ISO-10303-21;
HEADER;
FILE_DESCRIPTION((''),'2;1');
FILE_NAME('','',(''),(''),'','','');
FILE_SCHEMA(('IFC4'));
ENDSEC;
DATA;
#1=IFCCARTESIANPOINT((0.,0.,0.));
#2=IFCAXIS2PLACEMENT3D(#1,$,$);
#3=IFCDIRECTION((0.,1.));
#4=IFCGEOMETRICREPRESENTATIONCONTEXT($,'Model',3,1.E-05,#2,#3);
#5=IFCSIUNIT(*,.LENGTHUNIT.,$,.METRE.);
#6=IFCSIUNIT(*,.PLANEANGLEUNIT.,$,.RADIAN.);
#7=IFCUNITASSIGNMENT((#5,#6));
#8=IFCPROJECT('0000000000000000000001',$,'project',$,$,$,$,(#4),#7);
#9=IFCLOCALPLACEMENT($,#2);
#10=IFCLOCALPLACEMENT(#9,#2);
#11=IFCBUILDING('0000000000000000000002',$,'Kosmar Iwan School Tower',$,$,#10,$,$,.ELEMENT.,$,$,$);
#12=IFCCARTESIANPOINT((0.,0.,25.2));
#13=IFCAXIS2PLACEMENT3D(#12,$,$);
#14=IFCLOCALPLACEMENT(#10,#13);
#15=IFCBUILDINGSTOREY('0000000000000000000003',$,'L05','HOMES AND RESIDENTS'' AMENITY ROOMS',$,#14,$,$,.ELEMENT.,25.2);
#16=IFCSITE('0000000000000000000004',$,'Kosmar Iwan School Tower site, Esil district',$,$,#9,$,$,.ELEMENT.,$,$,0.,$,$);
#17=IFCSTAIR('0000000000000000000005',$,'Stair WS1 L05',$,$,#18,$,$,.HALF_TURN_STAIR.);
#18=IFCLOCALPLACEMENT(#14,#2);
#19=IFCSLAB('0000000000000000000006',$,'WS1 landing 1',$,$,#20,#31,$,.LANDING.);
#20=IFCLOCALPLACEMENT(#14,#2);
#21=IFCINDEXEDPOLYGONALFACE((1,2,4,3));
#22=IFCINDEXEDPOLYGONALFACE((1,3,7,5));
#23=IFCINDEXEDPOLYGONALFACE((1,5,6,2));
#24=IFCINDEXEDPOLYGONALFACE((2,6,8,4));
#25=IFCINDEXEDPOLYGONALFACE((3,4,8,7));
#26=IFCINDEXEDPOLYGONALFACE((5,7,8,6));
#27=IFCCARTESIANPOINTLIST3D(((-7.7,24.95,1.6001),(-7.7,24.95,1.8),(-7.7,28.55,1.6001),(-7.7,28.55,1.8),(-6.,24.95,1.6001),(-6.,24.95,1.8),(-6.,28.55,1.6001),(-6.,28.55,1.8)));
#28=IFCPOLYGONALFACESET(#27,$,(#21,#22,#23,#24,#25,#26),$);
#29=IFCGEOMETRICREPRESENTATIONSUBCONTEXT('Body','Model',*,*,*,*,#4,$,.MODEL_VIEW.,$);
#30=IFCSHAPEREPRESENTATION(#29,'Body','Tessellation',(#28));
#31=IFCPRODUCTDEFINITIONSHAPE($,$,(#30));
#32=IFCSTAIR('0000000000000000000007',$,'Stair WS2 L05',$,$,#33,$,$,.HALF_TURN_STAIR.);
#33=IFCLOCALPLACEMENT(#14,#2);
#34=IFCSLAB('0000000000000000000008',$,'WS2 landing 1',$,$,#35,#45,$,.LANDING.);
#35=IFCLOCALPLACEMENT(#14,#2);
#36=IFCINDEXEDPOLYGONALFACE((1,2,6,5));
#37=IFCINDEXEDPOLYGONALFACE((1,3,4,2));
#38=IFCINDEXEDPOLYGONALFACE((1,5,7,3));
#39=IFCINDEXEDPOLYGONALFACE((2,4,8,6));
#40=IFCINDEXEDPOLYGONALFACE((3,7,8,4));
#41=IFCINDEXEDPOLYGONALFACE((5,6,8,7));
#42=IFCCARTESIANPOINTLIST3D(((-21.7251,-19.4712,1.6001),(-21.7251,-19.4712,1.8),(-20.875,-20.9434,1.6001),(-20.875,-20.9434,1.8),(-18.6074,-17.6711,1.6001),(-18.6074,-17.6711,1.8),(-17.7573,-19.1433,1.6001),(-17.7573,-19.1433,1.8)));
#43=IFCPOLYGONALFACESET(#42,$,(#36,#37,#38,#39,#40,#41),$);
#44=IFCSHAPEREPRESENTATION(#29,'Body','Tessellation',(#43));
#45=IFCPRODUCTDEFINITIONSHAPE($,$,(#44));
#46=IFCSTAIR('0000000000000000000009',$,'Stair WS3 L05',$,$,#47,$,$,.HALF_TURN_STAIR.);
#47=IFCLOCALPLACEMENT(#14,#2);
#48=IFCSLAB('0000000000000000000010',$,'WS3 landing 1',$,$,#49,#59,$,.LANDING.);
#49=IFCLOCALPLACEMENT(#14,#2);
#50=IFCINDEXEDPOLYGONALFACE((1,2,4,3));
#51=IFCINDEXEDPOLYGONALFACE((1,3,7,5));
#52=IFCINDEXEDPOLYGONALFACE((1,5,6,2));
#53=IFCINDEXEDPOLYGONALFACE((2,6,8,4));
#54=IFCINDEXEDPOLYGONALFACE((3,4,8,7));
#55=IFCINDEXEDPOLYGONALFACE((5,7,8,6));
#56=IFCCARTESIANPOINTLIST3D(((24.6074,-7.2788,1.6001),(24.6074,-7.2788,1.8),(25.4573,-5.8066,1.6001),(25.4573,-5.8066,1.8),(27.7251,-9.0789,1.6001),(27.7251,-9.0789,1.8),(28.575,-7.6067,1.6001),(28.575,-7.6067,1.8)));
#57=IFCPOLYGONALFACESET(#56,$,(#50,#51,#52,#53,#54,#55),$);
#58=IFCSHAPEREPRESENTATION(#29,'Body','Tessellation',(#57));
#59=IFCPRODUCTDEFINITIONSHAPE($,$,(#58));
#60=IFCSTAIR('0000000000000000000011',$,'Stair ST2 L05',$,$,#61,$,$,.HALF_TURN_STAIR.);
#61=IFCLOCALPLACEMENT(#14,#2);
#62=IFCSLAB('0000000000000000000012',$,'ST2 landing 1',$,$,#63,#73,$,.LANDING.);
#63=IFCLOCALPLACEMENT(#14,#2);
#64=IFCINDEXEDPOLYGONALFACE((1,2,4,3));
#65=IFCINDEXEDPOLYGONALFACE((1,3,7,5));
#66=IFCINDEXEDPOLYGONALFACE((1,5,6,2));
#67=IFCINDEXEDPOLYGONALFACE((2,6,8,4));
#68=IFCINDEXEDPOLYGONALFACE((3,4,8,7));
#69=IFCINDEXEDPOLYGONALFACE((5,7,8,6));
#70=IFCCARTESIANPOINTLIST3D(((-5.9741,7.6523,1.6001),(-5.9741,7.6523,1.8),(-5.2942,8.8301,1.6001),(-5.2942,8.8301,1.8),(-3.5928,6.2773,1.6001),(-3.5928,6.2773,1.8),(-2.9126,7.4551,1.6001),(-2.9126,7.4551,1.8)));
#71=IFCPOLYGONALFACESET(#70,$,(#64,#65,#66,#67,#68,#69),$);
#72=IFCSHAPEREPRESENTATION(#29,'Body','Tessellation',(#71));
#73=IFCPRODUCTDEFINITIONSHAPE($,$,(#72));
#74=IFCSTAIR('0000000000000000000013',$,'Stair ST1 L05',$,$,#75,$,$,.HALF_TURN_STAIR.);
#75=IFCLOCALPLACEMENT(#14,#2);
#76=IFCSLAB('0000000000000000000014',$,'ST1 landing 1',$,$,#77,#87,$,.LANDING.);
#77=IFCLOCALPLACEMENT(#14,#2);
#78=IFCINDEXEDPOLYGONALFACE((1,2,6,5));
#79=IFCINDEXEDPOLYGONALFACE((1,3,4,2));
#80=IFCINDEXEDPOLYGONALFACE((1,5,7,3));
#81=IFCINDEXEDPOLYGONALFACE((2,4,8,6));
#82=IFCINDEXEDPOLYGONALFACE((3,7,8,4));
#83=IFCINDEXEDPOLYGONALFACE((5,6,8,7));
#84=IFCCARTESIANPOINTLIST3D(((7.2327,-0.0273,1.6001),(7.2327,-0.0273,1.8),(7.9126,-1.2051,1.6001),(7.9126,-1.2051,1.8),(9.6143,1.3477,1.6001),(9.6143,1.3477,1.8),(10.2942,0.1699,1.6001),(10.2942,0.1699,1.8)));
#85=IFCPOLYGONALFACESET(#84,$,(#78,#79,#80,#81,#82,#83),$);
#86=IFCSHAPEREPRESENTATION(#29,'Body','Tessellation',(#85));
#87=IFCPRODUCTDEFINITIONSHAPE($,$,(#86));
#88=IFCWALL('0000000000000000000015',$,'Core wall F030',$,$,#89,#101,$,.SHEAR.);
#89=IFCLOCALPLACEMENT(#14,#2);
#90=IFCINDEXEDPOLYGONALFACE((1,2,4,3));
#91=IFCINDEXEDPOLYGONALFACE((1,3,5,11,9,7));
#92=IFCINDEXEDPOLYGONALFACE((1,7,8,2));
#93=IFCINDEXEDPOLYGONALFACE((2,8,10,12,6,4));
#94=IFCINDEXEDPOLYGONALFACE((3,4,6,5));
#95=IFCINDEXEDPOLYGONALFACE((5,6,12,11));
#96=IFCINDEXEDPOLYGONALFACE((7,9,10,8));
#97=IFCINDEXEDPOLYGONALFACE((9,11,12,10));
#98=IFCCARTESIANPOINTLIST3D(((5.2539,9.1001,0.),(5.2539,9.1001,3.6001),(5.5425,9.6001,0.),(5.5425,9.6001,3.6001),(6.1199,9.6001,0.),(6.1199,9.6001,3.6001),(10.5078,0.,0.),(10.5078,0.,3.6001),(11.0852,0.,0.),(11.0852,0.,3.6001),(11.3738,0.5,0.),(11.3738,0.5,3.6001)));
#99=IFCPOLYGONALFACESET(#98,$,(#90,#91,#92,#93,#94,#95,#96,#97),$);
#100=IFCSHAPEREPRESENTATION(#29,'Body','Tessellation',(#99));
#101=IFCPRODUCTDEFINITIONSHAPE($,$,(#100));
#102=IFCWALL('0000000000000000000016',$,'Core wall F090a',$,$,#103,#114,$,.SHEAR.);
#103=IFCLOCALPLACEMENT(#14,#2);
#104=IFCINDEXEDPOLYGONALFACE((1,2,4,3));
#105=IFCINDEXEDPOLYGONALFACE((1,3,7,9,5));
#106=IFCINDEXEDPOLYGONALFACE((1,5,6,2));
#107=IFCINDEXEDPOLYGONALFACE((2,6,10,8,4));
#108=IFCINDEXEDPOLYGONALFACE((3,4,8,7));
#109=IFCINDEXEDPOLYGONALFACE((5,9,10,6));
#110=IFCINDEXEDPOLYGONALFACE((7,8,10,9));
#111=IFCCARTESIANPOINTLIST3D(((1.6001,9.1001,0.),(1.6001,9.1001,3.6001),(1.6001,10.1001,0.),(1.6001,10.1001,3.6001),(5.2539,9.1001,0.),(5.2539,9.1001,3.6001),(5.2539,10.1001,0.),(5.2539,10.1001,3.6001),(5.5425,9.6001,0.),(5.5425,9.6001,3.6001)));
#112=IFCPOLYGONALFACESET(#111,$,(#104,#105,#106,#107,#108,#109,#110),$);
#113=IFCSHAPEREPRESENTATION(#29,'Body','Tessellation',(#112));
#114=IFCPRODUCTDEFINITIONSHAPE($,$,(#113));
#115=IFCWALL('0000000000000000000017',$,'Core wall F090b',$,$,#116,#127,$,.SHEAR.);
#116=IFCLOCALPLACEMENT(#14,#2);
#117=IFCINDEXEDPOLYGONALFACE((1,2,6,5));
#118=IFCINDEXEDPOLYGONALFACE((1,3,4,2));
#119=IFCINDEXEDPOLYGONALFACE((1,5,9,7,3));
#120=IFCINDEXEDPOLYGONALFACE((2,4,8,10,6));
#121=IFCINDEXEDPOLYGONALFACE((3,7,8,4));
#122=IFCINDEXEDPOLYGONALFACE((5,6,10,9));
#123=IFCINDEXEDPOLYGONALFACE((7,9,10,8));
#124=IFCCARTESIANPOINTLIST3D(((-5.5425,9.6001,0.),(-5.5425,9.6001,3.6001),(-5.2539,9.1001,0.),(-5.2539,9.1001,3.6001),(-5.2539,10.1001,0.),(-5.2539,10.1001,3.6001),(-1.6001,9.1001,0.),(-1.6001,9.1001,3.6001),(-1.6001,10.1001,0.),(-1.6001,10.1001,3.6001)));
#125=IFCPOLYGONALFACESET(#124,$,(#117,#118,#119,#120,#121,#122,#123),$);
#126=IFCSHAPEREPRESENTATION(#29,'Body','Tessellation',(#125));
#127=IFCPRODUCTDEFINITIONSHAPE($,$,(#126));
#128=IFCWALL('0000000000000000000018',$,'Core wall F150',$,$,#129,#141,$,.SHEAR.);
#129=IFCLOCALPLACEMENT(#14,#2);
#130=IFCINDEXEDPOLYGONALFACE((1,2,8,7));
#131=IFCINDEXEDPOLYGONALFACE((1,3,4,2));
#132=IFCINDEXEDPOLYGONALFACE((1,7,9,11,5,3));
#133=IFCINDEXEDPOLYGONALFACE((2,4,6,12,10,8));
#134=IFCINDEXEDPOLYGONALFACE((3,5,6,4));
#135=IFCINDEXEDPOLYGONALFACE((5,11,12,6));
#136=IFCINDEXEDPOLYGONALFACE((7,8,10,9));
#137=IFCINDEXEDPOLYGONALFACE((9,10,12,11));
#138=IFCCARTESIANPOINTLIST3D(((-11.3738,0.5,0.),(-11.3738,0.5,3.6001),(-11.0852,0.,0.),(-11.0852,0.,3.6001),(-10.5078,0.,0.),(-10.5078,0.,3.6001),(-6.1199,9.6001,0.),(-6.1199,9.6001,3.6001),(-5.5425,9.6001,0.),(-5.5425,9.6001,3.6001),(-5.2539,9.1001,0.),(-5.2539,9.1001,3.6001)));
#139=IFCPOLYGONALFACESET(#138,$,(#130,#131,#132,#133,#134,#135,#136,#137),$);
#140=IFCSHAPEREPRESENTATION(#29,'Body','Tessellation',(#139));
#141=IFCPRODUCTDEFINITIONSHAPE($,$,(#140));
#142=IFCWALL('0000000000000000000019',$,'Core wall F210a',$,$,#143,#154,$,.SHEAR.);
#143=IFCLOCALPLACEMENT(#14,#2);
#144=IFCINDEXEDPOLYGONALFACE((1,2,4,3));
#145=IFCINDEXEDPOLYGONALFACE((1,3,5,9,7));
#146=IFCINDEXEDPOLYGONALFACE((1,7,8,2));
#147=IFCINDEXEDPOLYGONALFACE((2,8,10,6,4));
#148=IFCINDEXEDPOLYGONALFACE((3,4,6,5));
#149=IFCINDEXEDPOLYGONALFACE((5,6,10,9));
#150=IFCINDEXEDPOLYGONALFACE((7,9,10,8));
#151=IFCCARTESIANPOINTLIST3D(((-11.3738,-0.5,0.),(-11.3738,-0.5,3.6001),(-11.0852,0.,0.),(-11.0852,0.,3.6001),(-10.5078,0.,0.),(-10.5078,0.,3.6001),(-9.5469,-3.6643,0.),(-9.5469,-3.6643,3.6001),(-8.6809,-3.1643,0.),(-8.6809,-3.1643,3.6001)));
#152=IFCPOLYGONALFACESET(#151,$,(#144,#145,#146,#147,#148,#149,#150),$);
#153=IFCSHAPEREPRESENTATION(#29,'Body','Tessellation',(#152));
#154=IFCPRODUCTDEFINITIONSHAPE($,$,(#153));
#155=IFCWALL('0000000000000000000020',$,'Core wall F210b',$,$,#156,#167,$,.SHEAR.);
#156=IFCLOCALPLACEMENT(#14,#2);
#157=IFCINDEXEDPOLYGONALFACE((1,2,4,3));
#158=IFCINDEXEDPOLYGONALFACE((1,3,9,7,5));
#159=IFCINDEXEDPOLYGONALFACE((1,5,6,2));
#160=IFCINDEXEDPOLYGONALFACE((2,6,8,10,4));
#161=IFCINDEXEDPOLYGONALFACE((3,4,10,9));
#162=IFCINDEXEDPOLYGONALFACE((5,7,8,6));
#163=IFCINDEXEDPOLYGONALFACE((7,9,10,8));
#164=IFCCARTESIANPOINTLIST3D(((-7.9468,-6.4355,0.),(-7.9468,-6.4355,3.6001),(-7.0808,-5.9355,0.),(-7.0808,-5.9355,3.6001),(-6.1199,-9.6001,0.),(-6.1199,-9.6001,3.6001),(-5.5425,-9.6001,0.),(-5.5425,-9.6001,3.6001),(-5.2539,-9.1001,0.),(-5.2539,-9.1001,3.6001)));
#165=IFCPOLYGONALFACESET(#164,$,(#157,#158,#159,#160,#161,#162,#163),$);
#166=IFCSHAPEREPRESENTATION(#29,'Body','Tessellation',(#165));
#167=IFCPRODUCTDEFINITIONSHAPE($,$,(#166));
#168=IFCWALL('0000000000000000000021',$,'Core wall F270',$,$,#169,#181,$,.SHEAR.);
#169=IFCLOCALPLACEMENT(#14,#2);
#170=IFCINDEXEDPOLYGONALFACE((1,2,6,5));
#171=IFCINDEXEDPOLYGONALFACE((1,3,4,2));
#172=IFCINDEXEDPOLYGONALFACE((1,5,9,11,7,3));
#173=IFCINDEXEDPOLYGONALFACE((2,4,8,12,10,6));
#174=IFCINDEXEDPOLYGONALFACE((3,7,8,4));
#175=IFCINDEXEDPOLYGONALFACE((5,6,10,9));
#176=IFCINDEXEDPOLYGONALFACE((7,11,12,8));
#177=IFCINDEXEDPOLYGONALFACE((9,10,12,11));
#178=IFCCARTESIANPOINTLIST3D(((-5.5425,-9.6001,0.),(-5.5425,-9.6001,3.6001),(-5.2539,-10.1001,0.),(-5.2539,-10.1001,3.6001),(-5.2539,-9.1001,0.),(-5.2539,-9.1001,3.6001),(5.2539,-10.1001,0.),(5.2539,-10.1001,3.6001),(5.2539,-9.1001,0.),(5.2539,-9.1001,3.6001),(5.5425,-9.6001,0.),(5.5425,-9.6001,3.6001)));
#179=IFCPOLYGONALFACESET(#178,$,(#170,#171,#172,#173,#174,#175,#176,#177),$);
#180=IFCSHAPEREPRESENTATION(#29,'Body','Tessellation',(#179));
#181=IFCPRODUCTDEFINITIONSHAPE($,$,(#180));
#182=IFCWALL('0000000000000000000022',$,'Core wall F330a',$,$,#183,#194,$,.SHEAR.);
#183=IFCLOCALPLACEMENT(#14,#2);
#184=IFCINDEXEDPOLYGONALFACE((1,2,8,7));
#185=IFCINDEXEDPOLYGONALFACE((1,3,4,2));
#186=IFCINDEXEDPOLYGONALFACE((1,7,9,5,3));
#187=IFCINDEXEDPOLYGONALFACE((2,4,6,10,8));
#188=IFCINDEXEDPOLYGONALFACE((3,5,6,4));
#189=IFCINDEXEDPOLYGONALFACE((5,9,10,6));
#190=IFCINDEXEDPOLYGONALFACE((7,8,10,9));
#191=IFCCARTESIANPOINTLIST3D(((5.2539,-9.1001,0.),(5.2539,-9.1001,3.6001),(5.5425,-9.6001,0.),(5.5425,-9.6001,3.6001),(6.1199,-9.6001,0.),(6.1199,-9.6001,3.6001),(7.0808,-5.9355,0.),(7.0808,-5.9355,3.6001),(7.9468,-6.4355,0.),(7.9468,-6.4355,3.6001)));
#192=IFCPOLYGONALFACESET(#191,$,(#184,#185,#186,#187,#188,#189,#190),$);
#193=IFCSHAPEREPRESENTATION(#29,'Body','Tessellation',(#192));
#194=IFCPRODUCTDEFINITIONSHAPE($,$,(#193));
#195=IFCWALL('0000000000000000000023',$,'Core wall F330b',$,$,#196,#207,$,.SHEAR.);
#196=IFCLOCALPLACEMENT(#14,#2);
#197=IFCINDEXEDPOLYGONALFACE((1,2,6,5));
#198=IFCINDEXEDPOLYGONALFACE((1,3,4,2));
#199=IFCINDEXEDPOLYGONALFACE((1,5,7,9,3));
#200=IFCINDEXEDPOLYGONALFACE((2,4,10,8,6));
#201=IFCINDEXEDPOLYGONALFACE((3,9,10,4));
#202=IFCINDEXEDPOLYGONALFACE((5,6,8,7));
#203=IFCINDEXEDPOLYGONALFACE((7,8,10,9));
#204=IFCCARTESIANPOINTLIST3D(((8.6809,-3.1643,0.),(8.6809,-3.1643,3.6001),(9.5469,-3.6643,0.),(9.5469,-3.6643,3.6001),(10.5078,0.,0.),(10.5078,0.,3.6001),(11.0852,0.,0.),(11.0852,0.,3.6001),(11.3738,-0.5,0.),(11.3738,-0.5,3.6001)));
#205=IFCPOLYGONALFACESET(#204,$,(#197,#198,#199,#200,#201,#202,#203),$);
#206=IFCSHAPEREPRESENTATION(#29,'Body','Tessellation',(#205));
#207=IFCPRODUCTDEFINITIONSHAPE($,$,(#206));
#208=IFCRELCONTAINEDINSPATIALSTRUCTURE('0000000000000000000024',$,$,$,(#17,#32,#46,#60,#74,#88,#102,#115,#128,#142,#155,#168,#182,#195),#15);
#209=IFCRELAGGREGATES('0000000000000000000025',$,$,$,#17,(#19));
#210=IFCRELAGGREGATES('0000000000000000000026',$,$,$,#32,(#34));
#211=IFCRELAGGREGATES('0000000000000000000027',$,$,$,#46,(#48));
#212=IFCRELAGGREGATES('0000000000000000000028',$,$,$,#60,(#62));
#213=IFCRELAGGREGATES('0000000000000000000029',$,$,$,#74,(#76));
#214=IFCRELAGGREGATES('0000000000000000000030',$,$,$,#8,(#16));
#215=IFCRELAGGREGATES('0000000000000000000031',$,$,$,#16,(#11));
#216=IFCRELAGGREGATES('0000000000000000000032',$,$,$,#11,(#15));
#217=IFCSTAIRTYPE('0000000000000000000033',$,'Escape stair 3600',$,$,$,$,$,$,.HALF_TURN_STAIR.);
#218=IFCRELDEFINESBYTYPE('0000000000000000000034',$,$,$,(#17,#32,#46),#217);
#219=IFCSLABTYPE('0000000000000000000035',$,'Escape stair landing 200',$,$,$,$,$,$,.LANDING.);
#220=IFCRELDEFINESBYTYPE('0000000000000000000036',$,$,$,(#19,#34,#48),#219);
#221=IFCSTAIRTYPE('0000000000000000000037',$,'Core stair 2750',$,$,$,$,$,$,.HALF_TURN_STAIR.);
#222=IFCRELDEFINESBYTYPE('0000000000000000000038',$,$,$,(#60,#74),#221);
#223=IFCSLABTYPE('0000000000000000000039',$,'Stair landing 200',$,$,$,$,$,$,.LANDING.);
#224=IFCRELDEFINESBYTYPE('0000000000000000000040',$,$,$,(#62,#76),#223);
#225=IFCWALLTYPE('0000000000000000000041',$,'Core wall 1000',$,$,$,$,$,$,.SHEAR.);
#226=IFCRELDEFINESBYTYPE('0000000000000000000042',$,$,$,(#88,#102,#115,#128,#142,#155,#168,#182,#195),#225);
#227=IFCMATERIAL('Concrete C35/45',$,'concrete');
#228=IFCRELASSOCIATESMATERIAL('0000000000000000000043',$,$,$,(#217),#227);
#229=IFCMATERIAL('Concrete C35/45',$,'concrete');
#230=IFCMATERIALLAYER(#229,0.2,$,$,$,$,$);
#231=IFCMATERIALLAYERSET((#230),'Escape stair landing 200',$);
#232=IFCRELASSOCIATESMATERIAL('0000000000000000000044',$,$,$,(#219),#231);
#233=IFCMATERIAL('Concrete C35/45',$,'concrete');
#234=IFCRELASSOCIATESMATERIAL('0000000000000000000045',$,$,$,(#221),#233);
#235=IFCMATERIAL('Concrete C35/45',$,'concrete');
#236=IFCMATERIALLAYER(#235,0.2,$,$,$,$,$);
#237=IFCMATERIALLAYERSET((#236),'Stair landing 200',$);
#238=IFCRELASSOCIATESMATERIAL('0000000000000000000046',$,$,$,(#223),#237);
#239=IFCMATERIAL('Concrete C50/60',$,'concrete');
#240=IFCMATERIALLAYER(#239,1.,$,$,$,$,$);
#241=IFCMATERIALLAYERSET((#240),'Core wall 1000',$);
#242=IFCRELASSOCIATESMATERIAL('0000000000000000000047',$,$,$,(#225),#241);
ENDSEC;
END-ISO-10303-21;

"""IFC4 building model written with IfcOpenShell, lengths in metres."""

from ifc_helpers import new_model, si_unit, direction, frame, origin, place, context, subcontext, project, spatial, polyline, outline, extrude, material, layer, layer_set, type_object, element, aggregate, save


model = new_model("IFC4")

# Units and contexts
model_context = context("Model", 3, precision=1e-05, world=origin(), true_north=direction((0.0, 1.0)))
body_context = subcontext(model_context, "Body", "Model", "MODEL_VIEW")
ifc_project = project(units=[si_unit("LENGTHUNIT", "METRE"), si_unit("PLANEANGLEUNIT", "RADIAN")], contexts=[model_context])

# Site, building, storey
site_placement = place(None, origin())
site = spatial("IfcSite", under=ifc_project, at=site_placement, Name="Kosmar Iwan School Tower site, Esil district", CompositionType="ELEMENT", RefElevation=0.0)
building_placement = place(site_placement, origin())
building = spatial("IfcBuilding", under=site, at=building_placement, Name="Kosmar Iwan School Tower", CompositionType="ELEMENT")
storey_placement = place(building_placement, frame((0.0, 0.0, 25.2)))
storey = spatial("IfcBuildingStorey", under=building, at=storey_placement, Name="L05", Description="HOMES AND RESIDENTS' AMENITY ROOMS", CompositionType="ELEMENT", Elevation=25.2)

# Stairs, slabs
ifc_material_1 = material(Name="Concrete C35/45", Category="concrete")
stair_type_1 = type_object("IfcStairType", Name="Escape stair 3600", PredefinedType="HALF_TURN_STAIR", material=ifc_material_1)
stair_1_placement = place(storey_placement, origin())
stair_1 = element("IfcStair", 1, at=stair_1_placement, inside=storey, type_object=stair_type_1, Name="Stair WS1 L05", PredefinedType="HALF_TURN_STAIR")
ifc_material_2 = material(Name="Concrete C35/45", Category="concrete")
ifc_layer_1 = layer(ifc_material_2, 0.2)
ifc_layer_set_1 = layer_set([ifc_layer_1], Name="Escape stair landing 200")
slab_type_1 = type_object("IfcSlabType", Name="Escape stair landing 200", PredefinedType="LANDING", material=ifc_layer_set_1)
slab_1_placement = place(storey_placement, frame((0.0, 0.0, 1.6001)))
slab_1 = element("IfcSlab", 2, at=slab_1_placement, type_object=slab_type_1, Name="WS1 landing 1", PredefinedType="LANDING", context=body_context, shape_type="SweptSolid", body=[
    extrude(outline(polyline([(-6.0, 24.95), (-6.0, 28.55), (-7.7, 28.55), (-7.7, 24.95), (-6.0, 24.95)])), origin(), (0.0, 0.0, 1.0), 0.2),
])
aggregate(stair_1, [slab_1])
stair_2_placement = place(storey_placement, origin())
stair_2 = element("IfcStair", 3, at=stair_2_placement, inside=storey, type_object=stair_type_1, Name="Stair WS2 L05", PredefinedType="HALF_TURN_STAIR")
slab_2_placement = place(storey_placement, frame((0.0, 0.0, 1.6001)))
slab_2 = element("IfcSlab", 4, at=slab_2_placement, type_object=slab_type_1, Name="WS2 landing 1", PredefinedType="LANDING", context=body_context, shape_type="SweptSolid", body=[
    extrude(outline(polyline([(-18.6074, -17.6711), (-21.7251, -19.4712), (-20.875, -20.9434), (-17.7573, -19.1433), (-18.6074, -17.6711)])), origin(), (0.0, 0.0, 1.0), 0.2),
])
aggregate(stair_2, [slab_2])
stair_3_placement = place(storey_placement, origin())
stair_3 = element("IfcStair", 5, at=stair_3_placement, inside=storey, type_object=stair_type_1, Name="Stair WS3 L05", PredefinedType="HALF_TURN_STAIR")
slab_3_placement = place(storey_placement, frame((0.0, 0.0, 1.6001)))
slab_3 = element("IfcSlab", 6, at=slab_3_placement, type_object=slab_type_1, Name="WS3 landing 1", PredefinedType="LANDING", context=body_context, shape_type="SweptSolid", body=[
    extrude(outline(polyline([(24.6074, -7.2788), (27.7251, -9.0789), (28.575, -7.6067), (25.4573, -5.8066), (24.6074, -7.2788)])), origin(), (0.0, 0.0, 1.0), 0.2),
])
aggregate(stair_3, [slab_3])
ifc_material_3 = material(Name="Concrete C35/45", Category="concrete")
stair_type_2 = type_object("IfcStairType", Name="Core stair 2750", PredefinedType="HALF_TURN_STAIR", material=ifc_material_3)
stair_4_placement = place(storey_placement, origin())
stair_4 = element("IfcStair", 7, at=stair_4_placement, inside=storey, type_object=stair_type_2, Name="Stair ST2 L05", PredefinedType="HALF_TURN_STAIR")
ifc_material_4 = material(Name="Concrete C35/45", Category="concrete")
ifc_layer_2 = layer(ifc_material_4, 0.2)
ifc_layer_set_2 = layer_set([ifc_layer_2], Name="Stair landing 200")
slab_type_2 = type_object("IfcSlabType", Name="Stair landing 200", PredefinedType="LANDING", material=ifc_layer_set_2)
slab_4_placement = place(storey_placement, frame((0.0, 0.0, 1.6001)))
slab_4 = element("IfcSlab", 8, at=slab_4_placement, type_object=slab_type_2, Name="ST2 landing 1", PredefinedType="LANDING", context=body_context, shape_type="SweptSolid", body=[
    extrude(outline(polyline([(-2.9126, 7.4551), (-5.2942, 8.8301), (-5.9741, 7.6523), (-3.5928, 6.2773), (-2.9126, 7.4551)])), origin(), (0.0, 0.0, 1.0), 0.2),
])
aggregate(stair_4, [slab_4])
stair_5_placement = place(storey_placement, origin())
stair_5 = element("IfcStair", 9, at=stair_5_placement, inside=storey, type_object=stair_type_2, Name="Stair ST1 L05", PredefinedType="HALF_TURN_STAIR")
slab_5_placement = place(storey_placement, frame((0.0, 0.0, 1.6001)))
slab_5 = element("IfcSlab", 10, at=slab_5_placement, type_object=slab_type_2, Name="ST1 landing 1", PredefinedType="LANDING", context=body_context, shape_type="SweptSolid", body=[
    extrude(outline(polyline([(7.9126, -1.2051), (10.2942, 0.1699), (9.6143, 1.3477), (7.2327, -0.0273), (7.9126, -1.2051)])), origin(), (0.0, 0.0, 1.0), 0.2),
])

# Walls
ifc_material_5 = material(Name="Concrete C50/60", Category="concrete")
ifc_layer_3 = layer(ifc_material_5, 1.0)
ifc_layer_set_3 = layer_set([ifc_layer_3], Name="Core wall 1000")
wall_type_1 = type_object("IfcWallType", Name="Core wall 1000", PredefinedType="SHEAR", material=ifc_layer_set_3)
wall_1_placement = place(storey_placement, origin())
element("IfcWall", 11, at=wall_1_placement, inside=storey, type_object=wall_type_1, Name="Core wall F030", PredefinedType="SHEAR", context=body_context, shape_type="SweptSolid", body=[
    extrude(outline(polyline([(10.5078, 0.0), (11.0852, 0.0), (11.3738, 0.5), (6.1199, 9.6001), (5.5425, 9.6001), (5.2539, 9.1001), (10.5078, 0.0)])), origin(), (0.0, 0.0, 1.0), 3.6001),
])
wall_2_placement = place(storey_placement, origin())
element("IfcWall", 12, at=wall_2_placement, inside=storey, type_object=wall_type_1, Name="Core wall F090a", PredefinedType="SHEAR", context=body_context, shape_type="SweptSolid", body=[
    extrude(outline(polyline([(1.6001, 9.1001), (5.2539, 9.1001), (5.5425, 9.6001), (5.2539, 10.1001), (1.6001, 10.1001), (1.6001, 9.1001)])), origin(), (0.0, 0.0, 1.0), 3.6001),
])
wall_3_placement = place(storey_placement, origin())
element("IfcWall", 13, at=wall_3_placement, inside=storey, type_object=wall_type_1, Name="Core wall F090b", PredefinedType="SHEAR", context=body_context, shape_type="SweptSolid", body=[
    extrude(outline(polyline([(-5.2539, 9.1001), (-1.6001, 9.1001), (-1.6001, 10.1001), (-5.2539, 10.1001), (-5.5425, 9.6001), (-5.2539, 9.1001)])), origin(), (0.0, 0.0, 1.0), 3.6001),
])
wall_4_placement = place(storey_placement, origin())
element("IfcWall", 14, at=wall_4_placement, inside=storey, type_object=wall_type_1, Name="Core wall F150", PredefinedType="SHEAR", context=body_context, shape_type="SweptSolid", body=[
    extrude(outline(polyline([(-11.0852, 0.0), (-10.5078, 0.0), (-5.2539, 9.1001), (-5.5425, 9.6001), (-6.1199, 9.6001), (-11.3738, 0.5), (-11.0852, 0.0)])), origin(), (0.0, 0.0, 1.0), 3.6001),
])
wall_5_placement = place(storey_placement, origin())
element("IfcWall", 15, at=wall_5_placement, inside=storey, type_object=wall_type_1, Name="Core wall F210a", PredefinedType="SHEAR", context=body_context, shape_type="SweptSolid", body=[
    extrude(outline(polyline([(-9.5469, -3.6643), (-8.6809, -3.1643), (-10.5078, 0.0), (-11.0852, 0.0), (-11.3738, -0.5), (-9.5469, -3.6643)])), origin(), (0.0, 0.0, 1.0), 3.6001),
])
wall_6_placement = place(storey_placement, origin())
element("IfcWall", 16, at=wall_6_placement, inside=storey, type_object=wall_type_1, Name="Core wall F210b", PredefinedType="SHEAR", context=body_context, shape_type="SweptSolid", body=[
    extrude(outline(polyline([(-6.1199, -9.6001), (-5.5425, -9.6001), (-5.2539, -9.1001), (-7.0808, -5.9355), (-7.9468, -6.4355), (-6.1199, -9.6001)])), origin(), (0.0, 0.0, 1.0), 3.6001),
])
wall_7_placement = place(storey_placement, origin())
element("IfcWall", 17, at=wall_7_placement, inside=storey, type_object=wall_type_1, Name="Core wall F270", PredefinedType="SHEAR", context=body_context, shape_type="SweptSolid", body=[
    extrude(outline(polyline([(-5.2539, -10.1001), (5.2539, -10.1001), (5.5425, -9.6001), (5.2539, -9.1001), (-5.2539, -9.1001), (-5.5425, -9.6001), (-5.2539, -10.1001)])), origin(), (0.0, 0.0, 1.0), 3.6001),
])
wall_8_placement = place(storey_placement, origin())
element("IfcWall", 18, at=wall_8_placement, inside=storey, type_object=wall_type_1, Name="Core wall F330a", PredefinedType="SHEAR", context=body_context, shape_type="SweptSolid", body=[
    extrude(outline(polyline([(5.5425, -9.6001), (6.1199, -9.6001), (7.9468, -6.4355), (7.0808, -5.9355), (5.2539, -9.1001), (5.5425, -9.6001)])), origin(), (0.0, 0.0, 1.0), 3.6001),
])
wall_9_placement = place(storey_placement, origin())
element("IfcWall", 19, at=wall_9_placement, inside=storey, type_object=wall_type_1, Name="Core wall F330b", PredefinedType="SHEAR", context=body_context, shape_type="SweptSolid", body=[
    extrude(outline(polyline([(9.5469, -3.6643), (11.3738, -0.5), (11.0852, 0.0), (10.5078, 0.0), (8.6809, -3.1643), (9.5469, -3.6643)])), origin(), (0.0, 0.0, 1.0), 3.6001),
])

aggregate(stair_5, [slab_5])

save(model, "model.ifc")
